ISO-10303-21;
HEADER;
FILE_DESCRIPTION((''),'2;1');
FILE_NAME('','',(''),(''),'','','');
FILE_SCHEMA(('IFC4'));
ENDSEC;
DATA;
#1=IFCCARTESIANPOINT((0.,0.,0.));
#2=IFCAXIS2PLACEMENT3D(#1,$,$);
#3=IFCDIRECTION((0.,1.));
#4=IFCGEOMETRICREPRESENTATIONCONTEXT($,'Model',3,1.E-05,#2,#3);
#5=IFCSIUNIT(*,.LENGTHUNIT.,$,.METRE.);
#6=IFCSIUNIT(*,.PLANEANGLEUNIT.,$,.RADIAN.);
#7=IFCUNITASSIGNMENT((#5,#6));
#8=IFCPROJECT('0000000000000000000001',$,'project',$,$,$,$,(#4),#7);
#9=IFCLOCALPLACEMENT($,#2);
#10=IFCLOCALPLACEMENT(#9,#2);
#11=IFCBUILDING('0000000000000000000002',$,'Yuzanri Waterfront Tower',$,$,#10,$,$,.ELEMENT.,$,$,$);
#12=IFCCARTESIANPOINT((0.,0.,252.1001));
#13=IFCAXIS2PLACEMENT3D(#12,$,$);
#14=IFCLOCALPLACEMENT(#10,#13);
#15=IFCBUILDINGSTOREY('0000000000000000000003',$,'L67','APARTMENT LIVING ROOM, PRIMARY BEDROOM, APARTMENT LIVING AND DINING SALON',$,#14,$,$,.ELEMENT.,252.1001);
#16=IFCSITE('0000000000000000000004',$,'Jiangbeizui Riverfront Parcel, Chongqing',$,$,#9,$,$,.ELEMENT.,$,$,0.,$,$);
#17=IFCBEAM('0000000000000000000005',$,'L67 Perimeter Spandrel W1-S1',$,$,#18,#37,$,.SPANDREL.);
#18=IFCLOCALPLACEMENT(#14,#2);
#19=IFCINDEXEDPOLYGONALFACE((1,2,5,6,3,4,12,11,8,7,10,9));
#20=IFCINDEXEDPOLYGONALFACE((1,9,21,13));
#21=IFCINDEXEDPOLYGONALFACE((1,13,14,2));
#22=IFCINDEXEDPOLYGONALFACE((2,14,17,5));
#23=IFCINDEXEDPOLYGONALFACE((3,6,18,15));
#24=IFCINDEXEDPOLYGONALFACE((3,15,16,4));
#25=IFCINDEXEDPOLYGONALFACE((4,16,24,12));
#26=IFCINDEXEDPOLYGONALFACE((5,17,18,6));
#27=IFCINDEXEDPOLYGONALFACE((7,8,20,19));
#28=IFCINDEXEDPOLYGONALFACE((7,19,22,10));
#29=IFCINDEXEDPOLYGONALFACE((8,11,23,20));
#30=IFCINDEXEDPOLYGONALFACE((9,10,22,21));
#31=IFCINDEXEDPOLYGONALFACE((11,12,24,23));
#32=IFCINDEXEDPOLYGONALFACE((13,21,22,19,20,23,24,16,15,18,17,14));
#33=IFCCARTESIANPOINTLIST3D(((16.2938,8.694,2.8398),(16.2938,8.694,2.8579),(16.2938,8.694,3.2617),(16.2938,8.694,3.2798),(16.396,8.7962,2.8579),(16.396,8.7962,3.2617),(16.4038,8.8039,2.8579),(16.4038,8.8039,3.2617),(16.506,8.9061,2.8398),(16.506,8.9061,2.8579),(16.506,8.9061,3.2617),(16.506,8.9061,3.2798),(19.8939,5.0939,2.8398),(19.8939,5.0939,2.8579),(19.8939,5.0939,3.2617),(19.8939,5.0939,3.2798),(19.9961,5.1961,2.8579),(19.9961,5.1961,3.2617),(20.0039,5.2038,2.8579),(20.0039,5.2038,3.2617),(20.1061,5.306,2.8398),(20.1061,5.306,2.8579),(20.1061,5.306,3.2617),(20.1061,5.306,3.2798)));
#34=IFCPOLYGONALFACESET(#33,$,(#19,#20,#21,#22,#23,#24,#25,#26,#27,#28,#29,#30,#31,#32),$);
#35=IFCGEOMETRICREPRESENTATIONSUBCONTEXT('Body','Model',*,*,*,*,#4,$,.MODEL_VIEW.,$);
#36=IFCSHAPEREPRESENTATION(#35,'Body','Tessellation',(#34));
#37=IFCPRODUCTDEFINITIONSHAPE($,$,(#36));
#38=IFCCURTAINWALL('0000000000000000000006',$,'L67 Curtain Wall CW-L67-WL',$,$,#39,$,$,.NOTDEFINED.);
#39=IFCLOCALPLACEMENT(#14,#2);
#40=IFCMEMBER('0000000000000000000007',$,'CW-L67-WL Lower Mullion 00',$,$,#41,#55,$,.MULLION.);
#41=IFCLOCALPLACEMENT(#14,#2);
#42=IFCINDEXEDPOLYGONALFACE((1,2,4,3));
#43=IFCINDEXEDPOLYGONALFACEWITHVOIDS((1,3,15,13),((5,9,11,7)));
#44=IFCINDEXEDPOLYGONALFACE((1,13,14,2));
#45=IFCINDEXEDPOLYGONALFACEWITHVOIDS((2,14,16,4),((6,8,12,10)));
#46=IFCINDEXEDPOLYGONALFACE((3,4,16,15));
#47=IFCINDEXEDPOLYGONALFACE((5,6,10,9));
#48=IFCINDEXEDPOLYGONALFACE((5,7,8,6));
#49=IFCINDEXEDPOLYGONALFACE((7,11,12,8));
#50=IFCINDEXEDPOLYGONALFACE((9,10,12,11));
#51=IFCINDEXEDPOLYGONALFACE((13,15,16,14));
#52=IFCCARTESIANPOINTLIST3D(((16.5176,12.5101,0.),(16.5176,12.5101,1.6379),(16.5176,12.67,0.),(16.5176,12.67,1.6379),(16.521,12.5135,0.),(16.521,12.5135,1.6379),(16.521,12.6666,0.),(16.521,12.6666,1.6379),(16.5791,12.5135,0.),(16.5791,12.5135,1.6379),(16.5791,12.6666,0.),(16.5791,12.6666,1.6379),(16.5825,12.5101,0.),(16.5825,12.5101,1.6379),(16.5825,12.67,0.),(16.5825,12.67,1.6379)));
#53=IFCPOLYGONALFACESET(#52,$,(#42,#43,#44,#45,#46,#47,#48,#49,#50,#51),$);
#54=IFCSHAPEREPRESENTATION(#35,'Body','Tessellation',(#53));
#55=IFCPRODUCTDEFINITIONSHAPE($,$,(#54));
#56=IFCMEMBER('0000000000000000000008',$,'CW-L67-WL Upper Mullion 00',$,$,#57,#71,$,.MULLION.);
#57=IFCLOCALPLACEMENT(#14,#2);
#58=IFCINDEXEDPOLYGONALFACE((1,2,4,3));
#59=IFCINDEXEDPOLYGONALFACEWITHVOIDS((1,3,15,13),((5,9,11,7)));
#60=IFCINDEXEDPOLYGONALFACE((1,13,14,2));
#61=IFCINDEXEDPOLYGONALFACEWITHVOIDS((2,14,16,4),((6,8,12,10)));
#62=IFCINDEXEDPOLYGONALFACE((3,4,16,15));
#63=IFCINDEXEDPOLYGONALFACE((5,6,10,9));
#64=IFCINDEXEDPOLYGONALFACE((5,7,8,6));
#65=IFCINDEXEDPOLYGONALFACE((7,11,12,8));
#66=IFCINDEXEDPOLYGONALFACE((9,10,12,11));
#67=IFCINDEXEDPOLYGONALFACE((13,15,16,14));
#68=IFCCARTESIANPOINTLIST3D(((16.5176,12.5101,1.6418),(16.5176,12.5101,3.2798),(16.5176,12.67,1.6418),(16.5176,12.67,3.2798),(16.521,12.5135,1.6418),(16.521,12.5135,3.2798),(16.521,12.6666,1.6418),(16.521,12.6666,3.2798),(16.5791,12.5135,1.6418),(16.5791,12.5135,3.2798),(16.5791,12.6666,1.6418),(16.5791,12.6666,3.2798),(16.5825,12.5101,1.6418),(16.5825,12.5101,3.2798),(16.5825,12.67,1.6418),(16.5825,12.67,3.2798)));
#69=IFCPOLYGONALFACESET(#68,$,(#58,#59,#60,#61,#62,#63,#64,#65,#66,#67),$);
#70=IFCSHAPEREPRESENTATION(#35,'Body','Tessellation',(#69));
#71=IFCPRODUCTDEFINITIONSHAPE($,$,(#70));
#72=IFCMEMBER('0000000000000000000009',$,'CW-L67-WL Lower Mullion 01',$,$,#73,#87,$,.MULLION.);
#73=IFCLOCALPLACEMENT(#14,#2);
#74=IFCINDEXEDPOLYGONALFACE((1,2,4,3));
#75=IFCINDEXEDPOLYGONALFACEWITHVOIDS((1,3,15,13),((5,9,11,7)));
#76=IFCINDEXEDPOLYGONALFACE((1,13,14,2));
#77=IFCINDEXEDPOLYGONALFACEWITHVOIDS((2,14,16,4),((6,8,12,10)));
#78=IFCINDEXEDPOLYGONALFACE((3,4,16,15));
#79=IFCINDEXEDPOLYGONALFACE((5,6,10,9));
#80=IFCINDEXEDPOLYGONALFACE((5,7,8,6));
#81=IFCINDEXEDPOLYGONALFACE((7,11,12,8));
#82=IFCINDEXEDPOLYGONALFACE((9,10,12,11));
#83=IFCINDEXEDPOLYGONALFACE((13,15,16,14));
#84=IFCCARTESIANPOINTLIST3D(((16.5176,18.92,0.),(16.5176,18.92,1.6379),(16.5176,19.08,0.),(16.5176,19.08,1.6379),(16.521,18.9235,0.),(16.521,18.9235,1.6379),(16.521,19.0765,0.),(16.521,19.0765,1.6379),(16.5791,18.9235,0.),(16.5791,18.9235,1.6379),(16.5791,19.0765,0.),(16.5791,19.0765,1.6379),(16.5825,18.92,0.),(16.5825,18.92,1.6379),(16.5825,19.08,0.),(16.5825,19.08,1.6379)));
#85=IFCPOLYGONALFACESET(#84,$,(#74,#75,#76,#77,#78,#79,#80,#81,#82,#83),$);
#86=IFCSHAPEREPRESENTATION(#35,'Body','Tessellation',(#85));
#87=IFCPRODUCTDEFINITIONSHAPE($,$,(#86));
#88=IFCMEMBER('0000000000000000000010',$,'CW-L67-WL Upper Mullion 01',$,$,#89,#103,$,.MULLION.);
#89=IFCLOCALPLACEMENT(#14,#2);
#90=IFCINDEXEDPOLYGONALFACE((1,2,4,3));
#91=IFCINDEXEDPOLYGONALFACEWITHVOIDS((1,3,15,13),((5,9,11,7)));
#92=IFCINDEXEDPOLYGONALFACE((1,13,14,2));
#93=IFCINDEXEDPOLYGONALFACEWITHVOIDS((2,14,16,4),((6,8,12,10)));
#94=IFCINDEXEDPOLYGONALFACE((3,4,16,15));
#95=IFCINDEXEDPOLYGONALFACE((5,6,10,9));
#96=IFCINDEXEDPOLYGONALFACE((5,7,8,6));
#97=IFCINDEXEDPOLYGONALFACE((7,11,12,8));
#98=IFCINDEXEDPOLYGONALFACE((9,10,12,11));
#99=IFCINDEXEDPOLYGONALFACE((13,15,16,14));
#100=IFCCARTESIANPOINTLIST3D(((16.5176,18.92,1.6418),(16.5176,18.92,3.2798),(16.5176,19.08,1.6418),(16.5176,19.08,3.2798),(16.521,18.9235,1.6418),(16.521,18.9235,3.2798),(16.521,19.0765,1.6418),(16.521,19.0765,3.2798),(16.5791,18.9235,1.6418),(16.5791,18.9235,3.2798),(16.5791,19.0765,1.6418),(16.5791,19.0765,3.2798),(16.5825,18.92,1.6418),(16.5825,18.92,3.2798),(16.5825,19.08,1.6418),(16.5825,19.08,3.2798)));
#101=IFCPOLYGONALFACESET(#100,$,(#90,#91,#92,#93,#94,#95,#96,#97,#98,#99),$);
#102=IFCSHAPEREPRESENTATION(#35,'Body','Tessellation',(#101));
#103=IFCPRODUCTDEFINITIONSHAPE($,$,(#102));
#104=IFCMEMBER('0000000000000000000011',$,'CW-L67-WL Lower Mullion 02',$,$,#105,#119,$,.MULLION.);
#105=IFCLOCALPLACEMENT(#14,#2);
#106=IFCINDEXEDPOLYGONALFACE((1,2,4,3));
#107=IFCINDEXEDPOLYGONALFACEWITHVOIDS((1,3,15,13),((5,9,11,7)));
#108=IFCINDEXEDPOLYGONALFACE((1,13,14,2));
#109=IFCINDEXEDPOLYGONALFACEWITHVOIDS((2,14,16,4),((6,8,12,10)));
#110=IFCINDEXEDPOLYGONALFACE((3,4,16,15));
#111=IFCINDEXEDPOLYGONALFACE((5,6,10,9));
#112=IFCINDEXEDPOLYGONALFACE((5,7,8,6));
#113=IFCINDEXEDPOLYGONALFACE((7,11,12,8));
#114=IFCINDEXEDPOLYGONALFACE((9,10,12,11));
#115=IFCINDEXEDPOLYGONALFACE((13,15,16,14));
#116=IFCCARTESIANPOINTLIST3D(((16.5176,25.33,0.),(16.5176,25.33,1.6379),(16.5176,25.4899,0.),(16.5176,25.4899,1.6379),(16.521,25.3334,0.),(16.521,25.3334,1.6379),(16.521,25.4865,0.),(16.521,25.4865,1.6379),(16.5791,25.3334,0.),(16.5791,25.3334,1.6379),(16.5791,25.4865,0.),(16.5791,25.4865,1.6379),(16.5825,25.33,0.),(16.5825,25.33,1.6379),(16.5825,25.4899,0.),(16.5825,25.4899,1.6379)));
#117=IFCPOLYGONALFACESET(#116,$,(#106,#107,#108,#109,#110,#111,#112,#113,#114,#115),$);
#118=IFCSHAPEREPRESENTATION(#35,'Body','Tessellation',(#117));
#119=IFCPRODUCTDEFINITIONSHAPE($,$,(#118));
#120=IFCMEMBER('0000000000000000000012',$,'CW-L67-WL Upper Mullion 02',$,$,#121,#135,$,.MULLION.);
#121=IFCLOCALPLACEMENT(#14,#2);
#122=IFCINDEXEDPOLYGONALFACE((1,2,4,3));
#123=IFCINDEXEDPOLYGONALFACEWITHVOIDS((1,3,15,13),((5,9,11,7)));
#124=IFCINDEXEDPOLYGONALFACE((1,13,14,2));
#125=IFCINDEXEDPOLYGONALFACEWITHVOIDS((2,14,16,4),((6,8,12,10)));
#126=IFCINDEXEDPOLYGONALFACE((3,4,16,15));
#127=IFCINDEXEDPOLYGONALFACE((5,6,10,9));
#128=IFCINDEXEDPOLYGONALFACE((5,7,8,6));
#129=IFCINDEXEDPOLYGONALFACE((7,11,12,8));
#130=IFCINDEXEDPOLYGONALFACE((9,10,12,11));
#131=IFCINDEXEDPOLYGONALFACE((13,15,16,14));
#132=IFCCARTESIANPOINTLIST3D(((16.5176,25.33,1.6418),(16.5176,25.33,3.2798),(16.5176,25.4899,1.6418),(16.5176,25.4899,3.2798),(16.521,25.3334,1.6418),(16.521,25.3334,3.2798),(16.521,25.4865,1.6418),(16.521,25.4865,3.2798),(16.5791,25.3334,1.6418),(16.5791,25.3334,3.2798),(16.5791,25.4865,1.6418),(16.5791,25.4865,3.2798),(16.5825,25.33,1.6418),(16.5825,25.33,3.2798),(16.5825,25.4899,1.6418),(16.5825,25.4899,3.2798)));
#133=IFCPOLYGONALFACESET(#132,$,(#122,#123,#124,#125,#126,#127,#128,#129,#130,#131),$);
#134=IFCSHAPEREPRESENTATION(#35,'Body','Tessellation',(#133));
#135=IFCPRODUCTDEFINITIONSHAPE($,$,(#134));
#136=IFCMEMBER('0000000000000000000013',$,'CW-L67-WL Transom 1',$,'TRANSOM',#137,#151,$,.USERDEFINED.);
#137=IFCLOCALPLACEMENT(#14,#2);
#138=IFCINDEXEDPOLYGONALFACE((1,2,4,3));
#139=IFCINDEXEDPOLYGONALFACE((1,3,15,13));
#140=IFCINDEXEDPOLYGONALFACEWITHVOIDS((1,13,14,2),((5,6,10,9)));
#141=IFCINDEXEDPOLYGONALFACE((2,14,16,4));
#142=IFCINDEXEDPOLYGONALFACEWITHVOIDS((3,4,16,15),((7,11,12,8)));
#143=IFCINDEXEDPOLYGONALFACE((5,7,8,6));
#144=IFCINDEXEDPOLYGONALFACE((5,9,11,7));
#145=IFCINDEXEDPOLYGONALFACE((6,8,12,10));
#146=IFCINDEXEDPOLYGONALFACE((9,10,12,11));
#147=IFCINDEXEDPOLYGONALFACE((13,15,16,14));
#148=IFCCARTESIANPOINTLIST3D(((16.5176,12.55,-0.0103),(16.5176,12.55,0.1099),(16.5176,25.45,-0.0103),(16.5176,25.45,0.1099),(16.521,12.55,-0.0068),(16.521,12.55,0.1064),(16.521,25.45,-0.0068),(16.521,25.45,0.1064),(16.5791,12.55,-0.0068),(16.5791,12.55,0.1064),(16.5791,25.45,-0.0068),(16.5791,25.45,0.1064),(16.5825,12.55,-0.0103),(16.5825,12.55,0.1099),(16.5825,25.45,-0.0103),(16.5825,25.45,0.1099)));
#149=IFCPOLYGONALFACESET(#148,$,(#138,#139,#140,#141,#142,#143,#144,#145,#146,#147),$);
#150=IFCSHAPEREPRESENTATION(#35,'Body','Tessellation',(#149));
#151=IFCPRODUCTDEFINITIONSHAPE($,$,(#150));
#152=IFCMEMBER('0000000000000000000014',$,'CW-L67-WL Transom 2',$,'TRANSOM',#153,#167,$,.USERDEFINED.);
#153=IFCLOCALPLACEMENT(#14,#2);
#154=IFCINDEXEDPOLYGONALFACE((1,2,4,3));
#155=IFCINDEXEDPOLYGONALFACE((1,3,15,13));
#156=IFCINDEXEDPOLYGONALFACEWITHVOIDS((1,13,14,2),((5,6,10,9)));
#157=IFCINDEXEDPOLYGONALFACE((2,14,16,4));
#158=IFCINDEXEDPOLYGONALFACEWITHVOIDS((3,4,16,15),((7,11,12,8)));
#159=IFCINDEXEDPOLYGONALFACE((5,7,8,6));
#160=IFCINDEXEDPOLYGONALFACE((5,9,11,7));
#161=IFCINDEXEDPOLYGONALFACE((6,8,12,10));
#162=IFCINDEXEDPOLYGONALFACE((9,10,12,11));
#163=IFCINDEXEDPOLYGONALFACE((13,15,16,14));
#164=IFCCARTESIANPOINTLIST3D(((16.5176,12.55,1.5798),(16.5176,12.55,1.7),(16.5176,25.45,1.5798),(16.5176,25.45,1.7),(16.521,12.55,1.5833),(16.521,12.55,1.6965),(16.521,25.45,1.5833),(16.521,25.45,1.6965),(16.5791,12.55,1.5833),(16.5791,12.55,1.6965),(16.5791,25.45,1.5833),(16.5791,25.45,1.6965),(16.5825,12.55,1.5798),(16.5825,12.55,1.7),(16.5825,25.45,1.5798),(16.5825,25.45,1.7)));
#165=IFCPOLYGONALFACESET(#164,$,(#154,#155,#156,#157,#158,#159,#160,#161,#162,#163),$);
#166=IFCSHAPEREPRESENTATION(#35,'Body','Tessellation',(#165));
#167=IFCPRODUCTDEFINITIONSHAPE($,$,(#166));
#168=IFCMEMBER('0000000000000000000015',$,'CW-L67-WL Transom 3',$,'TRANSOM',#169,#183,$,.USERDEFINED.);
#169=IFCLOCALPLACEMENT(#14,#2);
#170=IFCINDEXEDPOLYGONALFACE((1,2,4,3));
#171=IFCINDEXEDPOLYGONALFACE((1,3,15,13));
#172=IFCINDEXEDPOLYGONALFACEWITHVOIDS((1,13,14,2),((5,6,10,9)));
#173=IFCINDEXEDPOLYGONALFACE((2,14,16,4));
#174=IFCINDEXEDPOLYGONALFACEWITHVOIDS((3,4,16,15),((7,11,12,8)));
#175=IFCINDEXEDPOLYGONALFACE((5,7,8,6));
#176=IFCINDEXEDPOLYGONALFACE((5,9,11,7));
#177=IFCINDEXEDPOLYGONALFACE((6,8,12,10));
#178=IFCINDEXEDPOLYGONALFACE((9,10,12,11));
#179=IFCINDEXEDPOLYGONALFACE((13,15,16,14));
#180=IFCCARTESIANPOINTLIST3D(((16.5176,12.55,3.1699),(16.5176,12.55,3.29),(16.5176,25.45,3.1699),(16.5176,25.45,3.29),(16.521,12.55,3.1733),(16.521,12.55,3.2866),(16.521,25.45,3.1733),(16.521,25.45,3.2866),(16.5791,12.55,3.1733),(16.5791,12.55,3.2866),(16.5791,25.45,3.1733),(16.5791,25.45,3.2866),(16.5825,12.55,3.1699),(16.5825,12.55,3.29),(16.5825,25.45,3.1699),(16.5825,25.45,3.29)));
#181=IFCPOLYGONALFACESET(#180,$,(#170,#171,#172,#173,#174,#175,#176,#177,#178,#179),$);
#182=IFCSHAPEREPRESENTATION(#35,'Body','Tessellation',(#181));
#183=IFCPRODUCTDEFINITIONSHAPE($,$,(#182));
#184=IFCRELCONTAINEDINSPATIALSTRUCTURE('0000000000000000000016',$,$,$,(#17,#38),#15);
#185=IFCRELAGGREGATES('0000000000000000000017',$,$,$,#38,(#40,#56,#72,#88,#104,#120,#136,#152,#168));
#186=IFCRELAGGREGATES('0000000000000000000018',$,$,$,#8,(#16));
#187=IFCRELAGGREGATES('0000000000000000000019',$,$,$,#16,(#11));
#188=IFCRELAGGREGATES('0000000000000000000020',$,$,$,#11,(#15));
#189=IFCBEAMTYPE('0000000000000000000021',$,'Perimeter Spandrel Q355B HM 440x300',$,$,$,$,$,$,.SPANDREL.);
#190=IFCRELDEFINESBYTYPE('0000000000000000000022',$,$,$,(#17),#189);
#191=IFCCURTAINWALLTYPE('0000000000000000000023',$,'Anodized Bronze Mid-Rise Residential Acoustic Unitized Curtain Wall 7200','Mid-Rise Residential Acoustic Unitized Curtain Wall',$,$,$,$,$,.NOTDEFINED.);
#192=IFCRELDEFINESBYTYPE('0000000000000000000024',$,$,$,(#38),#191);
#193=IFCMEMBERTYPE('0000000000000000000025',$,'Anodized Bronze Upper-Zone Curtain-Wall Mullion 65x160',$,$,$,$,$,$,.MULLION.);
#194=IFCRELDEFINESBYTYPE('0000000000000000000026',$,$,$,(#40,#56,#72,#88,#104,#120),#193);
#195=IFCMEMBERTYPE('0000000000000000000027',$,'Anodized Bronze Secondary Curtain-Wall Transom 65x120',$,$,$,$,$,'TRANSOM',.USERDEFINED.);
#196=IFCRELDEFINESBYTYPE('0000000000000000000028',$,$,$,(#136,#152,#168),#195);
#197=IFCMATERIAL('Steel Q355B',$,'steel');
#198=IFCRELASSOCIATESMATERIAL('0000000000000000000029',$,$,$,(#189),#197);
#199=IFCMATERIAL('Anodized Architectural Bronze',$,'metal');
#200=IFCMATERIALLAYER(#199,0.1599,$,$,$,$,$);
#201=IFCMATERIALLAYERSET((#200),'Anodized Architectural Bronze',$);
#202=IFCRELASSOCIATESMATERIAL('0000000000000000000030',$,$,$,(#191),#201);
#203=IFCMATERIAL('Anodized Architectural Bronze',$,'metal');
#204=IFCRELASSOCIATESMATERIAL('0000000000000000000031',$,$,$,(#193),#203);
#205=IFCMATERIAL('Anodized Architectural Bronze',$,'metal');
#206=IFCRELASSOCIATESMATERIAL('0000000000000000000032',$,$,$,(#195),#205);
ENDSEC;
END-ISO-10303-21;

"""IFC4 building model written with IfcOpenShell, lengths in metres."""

from ifc_helpers import new_model, si_unit, direction, frame, origin, origin_2d, place, context, subcontext, project, spatial, hollow_rectangle, i_section, extrude, source, transform, mapped, material, layer, layer_set, material_profile, profile_set, type_object, element, aggregate, save


model = new_model("IFC4")

# Units and contexts
model_context = context("Model", 3, precision=1e-05, world=origin(), true_north=direction((0.0, 1.0)))
body_context = subcontext(model_context, "Body", "Model", "MODEL_VIEW")
ifc_project = project(units=[si_unit("LENGTHUNIT", "METRE"), si_unit("PLANEANGLEUNIT", "RADIAN")], contexts=[model_context])

# Site, building, storey
site_placement = place(None, origin())
site = spatial("IfcSite", under=ifc_project, at=site_placement, Name="Jiangbeizui Riverfront Parcel, Chongqing", CompositionType="ELEMENT", RefElevation=0.0)
building_placement = place(site_placement, origin())
building = spatial("IfcBuilding", under=site, at=building_placement, Name="Yuzanri Waterfront Tower", CompositionType="ELEMENT")
storey_placement = place(building_placement, frame((0.0, 0.0, 252.1001)))
storey = spatial("IfcBuildingStorey", under=building, at=storey_placement, Name="L67", Description="APARTMENT LIVING ROOM, PRIMARY BEDROOM, APARTMENT LIVING AND DINING SALON", CompositionType="ELEMENT", Elevation=252.1001)

# Beam
ifc_material_1 = material(Name="Steel Q355B", Category="steel")
ifc_material_profile_1 = material_profile(ifc_material_1, i_section(OverallWidth=0.3, OverallDepth=0.4399, WebThickness=0.011, FlangeThickness=0.0181, at=origin_2d()), Name="HM 440x300x11x18")
ifc_profile_set_1 = profile_set([ifc_material_profile_1], Name="Steel Q355B")
beam_type = type_object("IfcBeamType", Name="Perimeter Spandrel Q355B HM 440x300", PredefinedType="SPANDREL", material=ifc_profile_set_1)
shared_shape_1 = source(origin(), body_context, "Body", "SweptSolid", [
    extrude(i_section(OverallWidth=0.3, OverallDepth=0.4399, WebThickness=0.011, FlangeThickness=0.0181, at=origin_2d()), origin(), (0.0, 0.0, 1.0), 5.0913),
])
beam_placement = place(storey_placement, frame((16.3999, 8.8, 3.0598), z_axis=(0.707107, -0.707107, 0.0), x_axis=(0.707107, 0.707107, 0.0)))
element("IfcBeam", 1, at=beam_placement, inside=storey, type_object=beam_type, Name="L67 Perimeter Spandrel W1-S1", PredefinedType="SPANDREL", context=body_context, shape_type="MappedRepresentation", body=[
    mapped(shared_shape_1, transform((0.0, 0.0, 0.0), scale=1.0)),
])

# Curtain wall, members
ifc_material_2 = material(Name="Anodized Architectural Bronze", Category="metal")
ifc_layer_1 = layer(ifc_material_2, 0.1599)
ifc_layer_set_1 = layer_set([ifc_layer_1], Name="Anodized Architectural Bronze")
curtain_wall_type = type_object("IfcCurtainWallType", Name="Anodized Bronze Mid-Rise Residential Acoustic Unitized Curtain Wall 7200", Description="Mid-Rise Residential Acoustic Unitized Curtain Wall", PredefinedType="NOTDEFINED", material=ifc_layer_set_1)
curtain_wall_placement = place(storey_placement, origin())
curtain_wall = element("IfcCurtainWall", 2, at=curtain_wall_placement, inside=storey, type_object=curtain_wall_type, Name="L67 Curtain Wall CW-L67-WL", PredefinedType="NOTDEFINED")
ifc_material_3 = material(Name="Anodized Architectural Bronze", Category="metal")
ifc_material_profile_2 = material_profile(ifc_material_3, hollow_rectangle(XDim=0.0649, YDim=0.1599, WallThickness=0.0034, at=origin_2d()), Name="CWM 65x160")
ifc_profile_set_2 = profile_set([ifc_material_profile_2], Name="Anodized Architectural Bronze")
member_type_1 = type_object("IfcMemberType", Name="Anodized Bronze Upper-Zone Curtain-Wall Mullion 65x160", PredefinedType="MULLION", material=ifc_profile_set_2)
shared_shape_2 = source(origin(), body_context, "Body", "SweptSolid", [
    extrude(hollow_rectangle(XDim=0.0649, YDim=0.1599, WallThickness=0.0034, at=origin_2d()), origin(), (0.0, 0.0, 1.0), 1.6379),
])
member_1_placement = place(storey_placement, frame((16.55, 12.5901, 0.0), z_axis=(0.0, 0.0, 1.0), x_axis=(1.0, 0.0, 0.0)))
member_1 = element("IfcMember", 3, at=member_1_placement, type_object=member_type_1, Name="CW-L67-WL Lower Mullion 00", PredefinedType="MULLION", context=body_context, shape_type="MappedRepresentation", body=[
    mapped(shared_shape_2, transform((0.0, 0.0, 0.0), scale=1.0)),
])
member_2_placement = place(storey_placement, frame((16.55, 12.5901, 1.6418), z_axis=(0.0, 0.0, 1.0), x_axis=(1.0, 0.0, 0.0)))
member_2 = element("IfcMember", 4, at=member_2_placement, type_object=member_type_1, Name="CW-L67-WL Upper Mullion 00", PredefinedType="MULLION", context=body_context, shape_type="MappedRepresentation", body=[
    mapped(shared_shape_2, transform((0.0, 0.0, 0.0), scale=1.0)),
])
member_3_placement = place(storey_placement, frame((16.55, 19.0, 0.0), z_axis=(0.0, 0.0, 1.0), x_axis=(1.0, 0.0, 0.0)))
member_3 = element("IfcMember", 5, at=member_3_placement, type_object=member_type_1, Name="CW-L67-WL Lower Mullion 01", PredefinedType="MULLION", context=body_context, shape_type="MappedRepresentation", body=[
    mapped(shared_shape_2, transform((0.0, 0.0, 0.0), scale=1.0)),
])
member_4_placement = place(storey_placement, frame((16.55, 19.0, 1.6418), z_axis=(0.0, 0.0, 1.0), x_axis=(1.0, 0.0, 0.0)))
member_4 = element("IfcMember", 6, at=member_4_placement, type_object=member_type_1, Name="CW-L67-WL Upper Mullion 01", PredefinedType="MULLION", context=body_context, shape_type="MappedRepresentation", body=[
    mapped(shared_shape_2, transform((0.0, 0.0, 0.0), scale=1.0)),
])
member_5_placement = place(storey_placement, frame((16.55, 25.4099, 0.0), z_axis=(0.0, 0.0, 1.0), x_axis=(1.0, 0.0, 0.0)))
member_5 = element("IfcMember", 7, at=member_5_placement, type_object=member_type_1, Name="CW-L67-WL Lower Mullion 02", PredefinedType="MULLION", context=body_context, shape_type="MappedRepresentation", body=[
    mapped(shared_shape_2, transform((0.0, 0.0, 0.0), scale=1.0)),
])
member_6_placement = place(storey_placement, frame((16.55, 25.4099, 1.6418), z_axis=(0.0, 0.0, 1.0), x_axis=(1.0, 0.0, 0.0)))
member_6 = element("IfcMember", 8, at=member_6_placement, type_object=member_type_1, Name="CW-L67-WL Upper Mullion 02", PredefinedType="MULLION", context=body_context, shape_type="MappedRepresentation", body=[
    mapped(shared_shape_2, transform((0.0, 0.0, 0.0), scale=1.0)),
])
ifc_material_4 = material(Name="Anodized Architectural Bronze", Category="metal")
ifc_material_profile_3 = material_profile(ifc_material_4, hollow_rectangle(XDim=0.0649, YDim=0.1201, WallThickness=0.0034, at=origin_2d()), Name="CWT 65x120")
ifc_profile_set_3 = profile_set([ifc_material_profile_3], Name="Anodized Architectural Bronze")
member_type_2 = type_object("IfcMemberType", Name="Anodized Bronze Secondary Curtain-Wall Transom 65x120", ElementType="TRANSOM", PredefinedType="USERDEFINED", material=ifc_profile_set_3)
shared_shape_3 = source(origin(), body_context, "Body", "SweptSolid", [
    extrude(hollow_rectangle(XDim=0.0649, YDim=0.1201, WallThickness=0.0034, at=origin_2d()), origin(), (0.0, 0.0, 1.0), 12.8999),
])
member_7_placement = place(storey_placement, frame((16.55, 12.55, 0.0498), z_axis=(0.0, 1.0, 0.0), x_axis=(-1.0, 0.0, 0.0)))
member_7 = element("IfcMember", 9, at=member_7_placement, type_object=member_type_2, Name="CW-L67-WL Transom 1", ObjectType="TRANSOM", PredefinedType="USERDEFINED", context=body_context, shape_type="MappedRepresentation", body=[
    mapped(shared_shape_3, transform((0.0, 0.0, 0.0), scale=1.0)),
])
member_8_placement = place(storey_placement, frame((16.55, 12.55, 1.6399), z_axis=(0.0, 1.0, 0.0), x_axis=(-1.0, 0.0, 0.0)))
member_8 = element("IfcMember", 10, at=member_8_placement, type_object=member_type_2, Name="CW-L67-WL Transom 2", ObjectType="TRANSOM", PredefinedType="USERDEFINED", context=body_context, shape_type="MappedRepresentation", body=[
    mapped(shared_shape_3, transform((0.0, 0.0, 0.0), scale=1.0)),
])
member_9_placement = place(storey_placement, frame((16.55, 12.55, 3.23), z_axis=(0.0, 1.0, 0.0), x_axis=(-1.0, 0.0, 0.0)))
member_9 = element("IfcMember", 11, at=member_9_placement, type_object=member_type_2, Name="CW-L67-WL Transom 3", ObjectType="TRANSOM", PredefinedType="USERDEFINED", context=body_context, shape_type="MappedRepresentation", body=[
    mapped(shared_shape_3, transform((0.0, 0.0, 0.0), scale=1.0)),
])

aggregate(curtain_wall, [member_1, member_2, member_3, member_4, member_5, member_6, member_7, member_8, member_9])

save(model, "model.ifc")
